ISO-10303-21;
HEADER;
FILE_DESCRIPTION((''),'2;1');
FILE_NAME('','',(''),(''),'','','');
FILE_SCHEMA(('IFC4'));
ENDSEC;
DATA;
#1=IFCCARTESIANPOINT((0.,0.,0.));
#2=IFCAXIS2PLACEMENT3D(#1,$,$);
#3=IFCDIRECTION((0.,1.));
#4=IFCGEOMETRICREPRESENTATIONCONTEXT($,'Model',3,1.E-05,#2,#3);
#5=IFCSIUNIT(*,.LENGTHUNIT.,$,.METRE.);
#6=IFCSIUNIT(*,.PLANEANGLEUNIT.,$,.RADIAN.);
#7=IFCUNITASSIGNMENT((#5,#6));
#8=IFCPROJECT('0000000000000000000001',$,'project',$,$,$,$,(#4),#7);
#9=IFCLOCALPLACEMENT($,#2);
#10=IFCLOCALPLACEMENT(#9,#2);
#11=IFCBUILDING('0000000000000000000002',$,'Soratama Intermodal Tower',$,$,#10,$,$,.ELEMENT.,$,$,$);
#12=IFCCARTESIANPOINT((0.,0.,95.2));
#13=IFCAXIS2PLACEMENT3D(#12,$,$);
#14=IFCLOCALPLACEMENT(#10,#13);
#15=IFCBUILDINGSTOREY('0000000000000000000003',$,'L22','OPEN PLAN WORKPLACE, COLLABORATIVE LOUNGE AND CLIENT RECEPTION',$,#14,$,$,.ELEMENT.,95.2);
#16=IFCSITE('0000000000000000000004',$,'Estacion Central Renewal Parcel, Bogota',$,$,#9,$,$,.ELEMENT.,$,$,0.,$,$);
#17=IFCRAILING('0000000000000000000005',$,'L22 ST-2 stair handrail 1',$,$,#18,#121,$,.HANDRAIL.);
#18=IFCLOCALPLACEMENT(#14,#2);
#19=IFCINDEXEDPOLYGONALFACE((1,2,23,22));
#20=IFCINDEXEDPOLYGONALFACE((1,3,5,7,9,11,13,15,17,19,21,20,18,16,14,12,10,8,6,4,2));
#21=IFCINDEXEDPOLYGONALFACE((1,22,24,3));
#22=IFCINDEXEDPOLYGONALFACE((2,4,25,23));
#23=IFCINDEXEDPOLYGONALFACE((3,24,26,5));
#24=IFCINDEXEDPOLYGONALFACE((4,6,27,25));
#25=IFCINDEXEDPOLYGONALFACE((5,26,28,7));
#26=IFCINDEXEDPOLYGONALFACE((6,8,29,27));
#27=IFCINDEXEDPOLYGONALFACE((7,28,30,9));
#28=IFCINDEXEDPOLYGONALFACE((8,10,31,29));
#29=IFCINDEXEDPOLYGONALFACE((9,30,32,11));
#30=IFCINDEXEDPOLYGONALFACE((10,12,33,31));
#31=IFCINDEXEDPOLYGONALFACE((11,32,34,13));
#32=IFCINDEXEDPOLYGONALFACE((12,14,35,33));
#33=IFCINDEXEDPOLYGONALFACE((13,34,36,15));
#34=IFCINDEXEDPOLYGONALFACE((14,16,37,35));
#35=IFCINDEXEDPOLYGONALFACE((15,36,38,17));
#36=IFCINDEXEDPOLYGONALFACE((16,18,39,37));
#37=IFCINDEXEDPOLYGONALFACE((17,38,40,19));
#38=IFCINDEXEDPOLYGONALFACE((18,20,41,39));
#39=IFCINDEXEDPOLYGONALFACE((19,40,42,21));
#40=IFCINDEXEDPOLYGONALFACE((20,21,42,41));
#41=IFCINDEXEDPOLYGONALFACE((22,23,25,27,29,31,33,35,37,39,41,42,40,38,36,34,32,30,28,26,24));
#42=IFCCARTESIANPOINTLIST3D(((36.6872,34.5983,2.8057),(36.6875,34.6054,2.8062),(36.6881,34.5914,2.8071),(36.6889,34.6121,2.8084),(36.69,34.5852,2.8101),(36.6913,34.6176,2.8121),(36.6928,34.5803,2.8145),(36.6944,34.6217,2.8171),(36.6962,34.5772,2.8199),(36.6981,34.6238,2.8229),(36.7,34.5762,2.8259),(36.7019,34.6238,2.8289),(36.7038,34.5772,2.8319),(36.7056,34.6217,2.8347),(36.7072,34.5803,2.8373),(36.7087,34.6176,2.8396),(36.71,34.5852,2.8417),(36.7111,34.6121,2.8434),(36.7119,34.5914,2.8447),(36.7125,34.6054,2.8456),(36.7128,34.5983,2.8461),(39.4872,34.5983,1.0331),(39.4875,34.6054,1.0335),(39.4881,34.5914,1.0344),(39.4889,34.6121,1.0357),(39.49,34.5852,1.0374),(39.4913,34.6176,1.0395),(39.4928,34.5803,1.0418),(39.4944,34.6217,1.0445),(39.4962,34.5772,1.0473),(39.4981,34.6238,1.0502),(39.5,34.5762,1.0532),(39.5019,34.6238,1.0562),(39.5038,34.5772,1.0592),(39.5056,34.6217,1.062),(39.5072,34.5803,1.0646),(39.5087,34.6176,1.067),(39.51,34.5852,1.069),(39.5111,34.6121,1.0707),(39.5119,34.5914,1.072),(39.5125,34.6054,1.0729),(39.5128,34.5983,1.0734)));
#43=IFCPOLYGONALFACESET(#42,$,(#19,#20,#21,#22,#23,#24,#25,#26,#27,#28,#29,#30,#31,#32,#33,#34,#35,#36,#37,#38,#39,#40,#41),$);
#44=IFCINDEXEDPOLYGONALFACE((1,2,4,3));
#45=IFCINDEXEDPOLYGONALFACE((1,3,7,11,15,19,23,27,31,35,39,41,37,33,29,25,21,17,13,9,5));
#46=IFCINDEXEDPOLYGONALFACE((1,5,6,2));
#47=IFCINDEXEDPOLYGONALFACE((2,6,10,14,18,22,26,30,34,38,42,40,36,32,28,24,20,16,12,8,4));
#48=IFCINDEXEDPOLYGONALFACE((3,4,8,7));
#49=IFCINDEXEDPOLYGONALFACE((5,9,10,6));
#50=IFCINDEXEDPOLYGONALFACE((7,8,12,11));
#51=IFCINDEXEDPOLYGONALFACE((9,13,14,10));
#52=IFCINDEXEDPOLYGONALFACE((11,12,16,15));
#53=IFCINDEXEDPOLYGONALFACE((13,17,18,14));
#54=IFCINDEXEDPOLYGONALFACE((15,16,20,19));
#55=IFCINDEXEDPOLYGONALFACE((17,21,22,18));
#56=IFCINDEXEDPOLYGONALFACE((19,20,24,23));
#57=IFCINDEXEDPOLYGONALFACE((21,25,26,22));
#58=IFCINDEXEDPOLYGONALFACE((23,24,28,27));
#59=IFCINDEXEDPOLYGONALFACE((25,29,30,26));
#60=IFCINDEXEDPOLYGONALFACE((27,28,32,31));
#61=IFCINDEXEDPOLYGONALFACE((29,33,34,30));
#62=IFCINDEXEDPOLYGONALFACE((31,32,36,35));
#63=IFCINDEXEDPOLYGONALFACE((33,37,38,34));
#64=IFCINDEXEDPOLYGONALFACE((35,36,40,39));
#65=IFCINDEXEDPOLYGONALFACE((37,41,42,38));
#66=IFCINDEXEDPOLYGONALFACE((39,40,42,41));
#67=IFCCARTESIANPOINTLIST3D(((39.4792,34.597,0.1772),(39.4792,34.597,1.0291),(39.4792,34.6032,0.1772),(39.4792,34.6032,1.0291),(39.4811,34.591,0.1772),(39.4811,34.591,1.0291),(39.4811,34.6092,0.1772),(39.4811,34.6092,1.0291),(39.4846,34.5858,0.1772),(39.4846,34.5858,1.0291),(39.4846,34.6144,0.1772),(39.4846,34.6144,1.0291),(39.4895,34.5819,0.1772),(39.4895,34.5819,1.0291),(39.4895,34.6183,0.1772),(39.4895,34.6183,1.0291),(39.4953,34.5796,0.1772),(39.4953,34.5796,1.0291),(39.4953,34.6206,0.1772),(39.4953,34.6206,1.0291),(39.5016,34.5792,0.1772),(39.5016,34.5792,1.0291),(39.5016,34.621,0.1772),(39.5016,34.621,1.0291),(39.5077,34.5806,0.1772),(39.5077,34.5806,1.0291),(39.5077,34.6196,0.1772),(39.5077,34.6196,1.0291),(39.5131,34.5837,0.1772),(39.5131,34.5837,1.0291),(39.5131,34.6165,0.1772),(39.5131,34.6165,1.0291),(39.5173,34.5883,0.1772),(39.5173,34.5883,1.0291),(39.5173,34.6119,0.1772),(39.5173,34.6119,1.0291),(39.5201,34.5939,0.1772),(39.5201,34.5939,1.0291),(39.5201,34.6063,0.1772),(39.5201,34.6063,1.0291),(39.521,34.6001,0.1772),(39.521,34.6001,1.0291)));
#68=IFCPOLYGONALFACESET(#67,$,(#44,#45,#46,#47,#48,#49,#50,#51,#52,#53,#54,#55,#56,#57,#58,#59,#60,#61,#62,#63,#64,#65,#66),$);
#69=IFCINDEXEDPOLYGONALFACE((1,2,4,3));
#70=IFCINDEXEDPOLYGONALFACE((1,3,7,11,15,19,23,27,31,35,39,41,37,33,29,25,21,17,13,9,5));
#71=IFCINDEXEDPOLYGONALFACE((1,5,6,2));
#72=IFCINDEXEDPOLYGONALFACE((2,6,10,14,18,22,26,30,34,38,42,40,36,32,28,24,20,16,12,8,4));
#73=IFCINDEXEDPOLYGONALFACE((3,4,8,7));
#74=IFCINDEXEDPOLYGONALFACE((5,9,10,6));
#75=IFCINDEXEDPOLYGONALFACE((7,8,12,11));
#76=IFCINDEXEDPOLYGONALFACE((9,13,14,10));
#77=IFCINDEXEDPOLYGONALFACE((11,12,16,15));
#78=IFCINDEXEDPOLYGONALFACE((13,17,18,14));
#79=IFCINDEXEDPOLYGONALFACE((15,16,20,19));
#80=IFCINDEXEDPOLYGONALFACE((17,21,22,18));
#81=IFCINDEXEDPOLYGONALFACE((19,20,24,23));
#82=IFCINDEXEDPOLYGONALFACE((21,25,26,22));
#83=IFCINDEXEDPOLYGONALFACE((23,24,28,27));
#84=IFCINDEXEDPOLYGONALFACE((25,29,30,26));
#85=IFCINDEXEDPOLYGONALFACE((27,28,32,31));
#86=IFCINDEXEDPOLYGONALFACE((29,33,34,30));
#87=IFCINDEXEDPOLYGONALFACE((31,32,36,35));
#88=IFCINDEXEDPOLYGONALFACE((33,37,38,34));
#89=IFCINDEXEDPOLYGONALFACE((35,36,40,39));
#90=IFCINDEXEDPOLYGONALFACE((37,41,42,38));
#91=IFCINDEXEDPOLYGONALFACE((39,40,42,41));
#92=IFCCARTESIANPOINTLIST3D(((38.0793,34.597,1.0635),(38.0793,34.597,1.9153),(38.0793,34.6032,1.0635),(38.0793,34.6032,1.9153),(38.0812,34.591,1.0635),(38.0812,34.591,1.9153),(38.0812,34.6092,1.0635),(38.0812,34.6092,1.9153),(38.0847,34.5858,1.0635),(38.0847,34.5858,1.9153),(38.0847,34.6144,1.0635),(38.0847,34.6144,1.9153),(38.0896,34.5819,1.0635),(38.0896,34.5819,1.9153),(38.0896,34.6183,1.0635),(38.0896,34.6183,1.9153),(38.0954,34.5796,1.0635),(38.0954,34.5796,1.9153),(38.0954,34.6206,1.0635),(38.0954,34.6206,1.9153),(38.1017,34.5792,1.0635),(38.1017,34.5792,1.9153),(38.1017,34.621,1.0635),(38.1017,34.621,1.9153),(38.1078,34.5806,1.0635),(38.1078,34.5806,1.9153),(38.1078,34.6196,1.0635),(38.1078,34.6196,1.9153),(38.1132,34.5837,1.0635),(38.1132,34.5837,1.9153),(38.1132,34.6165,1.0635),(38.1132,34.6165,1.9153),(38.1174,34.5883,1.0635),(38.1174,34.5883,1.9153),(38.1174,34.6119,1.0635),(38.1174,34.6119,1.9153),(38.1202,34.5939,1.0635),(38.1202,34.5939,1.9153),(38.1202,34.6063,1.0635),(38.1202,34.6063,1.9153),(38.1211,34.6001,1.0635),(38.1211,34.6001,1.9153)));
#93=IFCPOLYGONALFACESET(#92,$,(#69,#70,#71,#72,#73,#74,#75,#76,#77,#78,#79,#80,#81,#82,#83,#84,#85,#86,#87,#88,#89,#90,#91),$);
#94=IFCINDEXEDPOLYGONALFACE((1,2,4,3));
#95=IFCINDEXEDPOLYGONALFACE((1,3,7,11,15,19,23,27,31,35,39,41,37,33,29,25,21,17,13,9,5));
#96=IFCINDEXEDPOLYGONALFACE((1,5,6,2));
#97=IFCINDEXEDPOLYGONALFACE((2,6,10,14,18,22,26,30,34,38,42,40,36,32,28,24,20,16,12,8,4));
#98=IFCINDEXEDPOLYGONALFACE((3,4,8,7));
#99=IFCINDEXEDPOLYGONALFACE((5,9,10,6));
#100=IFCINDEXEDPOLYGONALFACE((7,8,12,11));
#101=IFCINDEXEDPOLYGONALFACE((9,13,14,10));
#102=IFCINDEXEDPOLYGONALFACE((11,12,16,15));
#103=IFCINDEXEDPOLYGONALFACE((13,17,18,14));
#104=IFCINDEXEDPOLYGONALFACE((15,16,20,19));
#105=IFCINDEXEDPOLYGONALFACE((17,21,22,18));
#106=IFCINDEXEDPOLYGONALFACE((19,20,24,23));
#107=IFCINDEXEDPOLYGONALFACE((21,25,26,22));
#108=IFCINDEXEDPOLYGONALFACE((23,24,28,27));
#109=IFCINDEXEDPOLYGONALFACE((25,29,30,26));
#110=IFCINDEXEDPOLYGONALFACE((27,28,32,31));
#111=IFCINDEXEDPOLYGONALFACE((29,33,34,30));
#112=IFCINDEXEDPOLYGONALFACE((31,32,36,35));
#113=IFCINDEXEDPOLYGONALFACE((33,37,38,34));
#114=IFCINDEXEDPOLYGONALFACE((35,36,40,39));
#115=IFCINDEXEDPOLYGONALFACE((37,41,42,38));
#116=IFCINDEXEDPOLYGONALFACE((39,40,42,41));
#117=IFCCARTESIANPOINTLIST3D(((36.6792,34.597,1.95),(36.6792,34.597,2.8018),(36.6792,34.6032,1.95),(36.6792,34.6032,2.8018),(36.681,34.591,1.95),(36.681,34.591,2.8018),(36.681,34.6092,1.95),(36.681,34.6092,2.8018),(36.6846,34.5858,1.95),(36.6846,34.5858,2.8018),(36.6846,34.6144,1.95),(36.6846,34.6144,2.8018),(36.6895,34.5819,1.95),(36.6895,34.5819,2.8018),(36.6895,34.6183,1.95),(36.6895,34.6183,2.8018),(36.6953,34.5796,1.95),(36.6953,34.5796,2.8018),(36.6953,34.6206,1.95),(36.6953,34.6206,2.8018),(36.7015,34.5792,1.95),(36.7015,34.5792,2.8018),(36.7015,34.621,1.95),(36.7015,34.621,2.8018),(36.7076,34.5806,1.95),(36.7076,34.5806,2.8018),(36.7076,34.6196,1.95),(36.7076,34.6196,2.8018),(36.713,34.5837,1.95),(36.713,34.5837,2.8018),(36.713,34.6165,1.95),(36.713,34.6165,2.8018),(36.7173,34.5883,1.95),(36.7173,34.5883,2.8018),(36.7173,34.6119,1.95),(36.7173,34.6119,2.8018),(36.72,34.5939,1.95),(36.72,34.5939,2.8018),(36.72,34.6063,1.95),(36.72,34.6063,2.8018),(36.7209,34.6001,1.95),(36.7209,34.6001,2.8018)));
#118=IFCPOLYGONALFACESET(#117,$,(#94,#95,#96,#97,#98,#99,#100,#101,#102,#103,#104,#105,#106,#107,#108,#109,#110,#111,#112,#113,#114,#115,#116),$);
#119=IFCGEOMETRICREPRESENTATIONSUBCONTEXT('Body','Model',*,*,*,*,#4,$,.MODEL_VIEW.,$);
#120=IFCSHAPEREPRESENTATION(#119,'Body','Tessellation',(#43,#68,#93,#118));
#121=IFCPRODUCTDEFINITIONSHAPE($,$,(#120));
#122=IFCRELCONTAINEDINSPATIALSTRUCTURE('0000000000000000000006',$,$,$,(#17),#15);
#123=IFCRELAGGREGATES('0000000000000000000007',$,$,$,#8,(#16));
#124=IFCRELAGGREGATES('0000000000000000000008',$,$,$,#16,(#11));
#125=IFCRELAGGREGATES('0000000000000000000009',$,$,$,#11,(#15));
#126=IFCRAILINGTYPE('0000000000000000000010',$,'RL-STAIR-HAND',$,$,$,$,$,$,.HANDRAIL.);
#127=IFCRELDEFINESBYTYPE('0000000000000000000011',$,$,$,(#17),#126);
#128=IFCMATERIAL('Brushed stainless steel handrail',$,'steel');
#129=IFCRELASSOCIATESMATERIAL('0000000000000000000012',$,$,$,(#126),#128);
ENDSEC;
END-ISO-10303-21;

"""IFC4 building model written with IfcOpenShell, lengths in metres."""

from ifc_helpers import new_model, si_unit, direction, frame, origin, origin_2d, place, context, subcontext, project, spatial, circle, extrude, material, type_object, element, save


model = new_model("IFC4")

# Units and contexts
model_context = context("Model", 3, precision=1e-05, world=origin(), true_north=direction((0.0, 1.0)))
body_context = subcontext(model_context, "Body", "Model", "MODEL_VIEW")
ifc_project = project(units=[si_unit("LENGTHUNIT", "METRE"), si_unit("PLANEANGLEUNIT", "RADIAN")], contexts=[model_context])

# Site, building, storey
site_placement = place(None, origin())
site = spatial("IfcSite", under=ifc_project, at=site_placement, Name="Estacion Central Renewal Parcel, Bogota", CompositionType="ELEMENT", RefElevation=0.0)
building_placement = place(site_placement, origin())
building = spatial("IfcBuilding", under=site, at=building_placement, Name="Soratama Intermodal Tower", CompositionType="ELEMENT")
storey_placement = place(building_placement, frame((0.0, 0.0, 95.2)))
storey = spatial("IfcBuildingStorey", under=building, at=storey_placement, Name="L22", Description="OPEN PLAN WORKPLACE, COLLABORATIVE LOUNGE AND CLIENT RECEPTION", CompositionType="ELEMENT", Elevation=95.2)

# Railing
ifc_material_1 = material(Name="Brushed stainless steel handrail", Category="steel")
railing_type_1 = type_object("IfcRailingType", Name="RL-STAIR-HAND", PredefinedType="HANDRAIL", material=ifc_material_1)
railing_1_placement = place(storey_placement, frame((39.5, 34.6001, 0.1772)))
element("IfcRailing", 1, at=railing_1_placement, inside=storey, type_object=railing_type_1, Name="L22 ST-2 stair handrail 1", PredefinedType="HANDRAIL", context=body_context, shape_type="SweptSolid", body=[
    extrude(circle(Radius=0.0239, at=origin_2d()), frame((0.0, 0.0, 0.876), z_axis=(-0.844909, 0.0, 0.53491), x_axis=(0.0, -1.0, 0.0)), (0.0, 0.0, 1.0), 3.314),
    extrude(circle(Radius=0.021, at=origin_2d()), origin(), (0.0, 0.0, 1.0), 0.8518),
    extrude(circle(Radius=0.021, at=origin_2d()), frame((-1.3999, 0.0, 0.8862)), (0.0, 0.0, 1.0), 0.8518),
    extrude(circle(Radius=0.021, at=origin_2d()), frame((-2.8, 0.0, 1.7727)), (0.0, 0.0, 1.0), 0.8518),
])

save(model, "model.ifc")
